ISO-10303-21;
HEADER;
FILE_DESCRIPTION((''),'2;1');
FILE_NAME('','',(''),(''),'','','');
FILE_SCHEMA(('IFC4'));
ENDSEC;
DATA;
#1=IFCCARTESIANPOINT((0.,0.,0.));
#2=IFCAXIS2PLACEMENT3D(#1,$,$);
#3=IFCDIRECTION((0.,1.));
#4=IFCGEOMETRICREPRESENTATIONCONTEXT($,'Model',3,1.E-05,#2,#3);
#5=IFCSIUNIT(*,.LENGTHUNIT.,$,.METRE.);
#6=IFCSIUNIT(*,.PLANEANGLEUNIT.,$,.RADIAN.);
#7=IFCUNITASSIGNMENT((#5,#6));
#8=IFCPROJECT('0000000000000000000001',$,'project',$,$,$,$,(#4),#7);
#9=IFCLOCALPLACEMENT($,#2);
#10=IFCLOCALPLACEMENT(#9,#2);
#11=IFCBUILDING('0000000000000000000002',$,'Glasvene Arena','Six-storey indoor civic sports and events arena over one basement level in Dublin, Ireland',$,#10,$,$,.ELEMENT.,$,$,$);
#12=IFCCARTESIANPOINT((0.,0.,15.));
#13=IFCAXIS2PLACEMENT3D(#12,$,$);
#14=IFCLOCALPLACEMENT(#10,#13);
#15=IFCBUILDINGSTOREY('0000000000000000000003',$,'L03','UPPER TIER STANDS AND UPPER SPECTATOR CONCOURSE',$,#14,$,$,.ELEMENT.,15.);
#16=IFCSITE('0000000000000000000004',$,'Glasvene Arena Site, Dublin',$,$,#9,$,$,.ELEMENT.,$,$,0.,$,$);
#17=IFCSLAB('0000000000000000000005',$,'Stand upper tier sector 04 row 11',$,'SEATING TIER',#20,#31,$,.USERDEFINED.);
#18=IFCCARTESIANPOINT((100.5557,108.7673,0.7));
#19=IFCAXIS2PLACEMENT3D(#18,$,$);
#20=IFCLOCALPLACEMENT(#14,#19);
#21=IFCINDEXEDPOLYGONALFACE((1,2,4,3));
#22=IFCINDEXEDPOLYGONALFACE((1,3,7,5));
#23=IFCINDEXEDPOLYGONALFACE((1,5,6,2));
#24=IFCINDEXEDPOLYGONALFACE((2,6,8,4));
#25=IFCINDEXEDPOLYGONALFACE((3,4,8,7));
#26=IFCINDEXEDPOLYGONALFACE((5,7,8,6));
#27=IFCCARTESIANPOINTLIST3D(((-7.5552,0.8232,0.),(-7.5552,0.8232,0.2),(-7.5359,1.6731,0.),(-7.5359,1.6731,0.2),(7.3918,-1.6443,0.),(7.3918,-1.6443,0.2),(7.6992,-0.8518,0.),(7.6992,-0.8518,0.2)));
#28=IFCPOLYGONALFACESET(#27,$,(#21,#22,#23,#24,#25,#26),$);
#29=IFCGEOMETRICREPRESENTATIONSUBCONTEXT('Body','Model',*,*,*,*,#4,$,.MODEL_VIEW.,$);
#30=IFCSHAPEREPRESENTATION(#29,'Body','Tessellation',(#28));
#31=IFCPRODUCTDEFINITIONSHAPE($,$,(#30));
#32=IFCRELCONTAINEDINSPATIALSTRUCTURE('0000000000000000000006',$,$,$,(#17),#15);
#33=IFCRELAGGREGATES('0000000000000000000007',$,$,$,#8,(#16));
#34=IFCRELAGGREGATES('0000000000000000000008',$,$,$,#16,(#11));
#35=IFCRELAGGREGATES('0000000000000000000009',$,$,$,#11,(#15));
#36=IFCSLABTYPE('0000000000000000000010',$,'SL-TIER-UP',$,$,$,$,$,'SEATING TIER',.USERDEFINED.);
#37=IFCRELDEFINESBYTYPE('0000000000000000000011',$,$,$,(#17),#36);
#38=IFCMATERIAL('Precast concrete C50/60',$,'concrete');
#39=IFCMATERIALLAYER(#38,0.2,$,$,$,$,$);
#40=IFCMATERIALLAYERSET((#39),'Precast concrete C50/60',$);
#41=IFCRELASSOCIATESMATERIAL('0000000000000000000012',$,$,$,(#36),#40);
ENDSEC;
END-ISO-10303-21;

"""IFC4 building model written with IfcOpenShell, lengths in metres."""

from ifc_helpers import new_model, si_unit, direction, frame, origin, place, context, subcontext, project, spatial, polyline, outline, extrude, material, layer, layer_set, type_object, element, save


model = new_model("IFC4")

# Units and contexts
model_context = context("Model", 3, precision=1e-05, world=origin(), true_north=direction((0.0, 1.0)))
body_context = subcontext(model_context, "Body", "Model", "MODEL_VIEW")
ifc_project = project(units=[si_unit("LENGTHUNIT", "METRE"), si_unit("PLANEANGLEUNIT", "RADIAN")], contexts=[model_context])

# Site, building, storey
site_placement = place(None, origin())
site = spatial("IfcSite", under=ifc_project, at=site_placement, Name="Glasvene Arena Site, Dublin", CompositionType="ELEMENT", RefElevation=0.0)
building_placement = place(site_placement, origin())
building = spatial("IfcBuilding", under=site, at=building_placement, Name="Glasvene Arena", Description="Six-storey indoor civic sports and events arena over one basement level in Dublin, Ireland", CompositionType="ELEMENT")
storey_placement = place(building_placement, frame((0.0, 0.0, 15.0)))
storey = spatial("IfcBuildingStorey", under=building, at=storey_placement, Name="L03", Description="UPPER TIER STANDS AND UPPER SPECTATOR CONCOURSE", CompositionType="ELEMENT", Elevation=15.0)

# Slab
ifc_material_1 = material(Name="Precast concrete C50/60", Category="concrete")
ifc_layer_1 = layer(ifc_material_1, 0.2)
ifc_layer_set_1 = layer_set([ifc_layer_1], Name="Precast concrete C50/60")
slab_type = type_object("IfcSlabType", Name="SL-TIER-UP", ElementType="SEATING TIER", PredefinedType="USERDEFINED", material=ifc_layer_set_1)
slab_placement = place(storey_placement, frame((100.5557, 108.7673, 0.7)))
element("IfcSlab", 1, at=slab_placement, inside=storey, type_object=slab_type, Name="Stand upper tier sector 04 row 11", ObjectType="SEATING TIER", PredefinedType="USERDEFINED", context=body_context, shape_type="SweptSolid", body=[
    extrude(outline(polyline([(7.3918, -1.6443), (-7.5552, 0.8232), (-7.5359, 1.6731), (7.6992, -0.8518), (7.3918, -1.6443)])), origin(), (0.0, 0.0, 1.0), 0.2),
])

save(model, "model.ifc")
